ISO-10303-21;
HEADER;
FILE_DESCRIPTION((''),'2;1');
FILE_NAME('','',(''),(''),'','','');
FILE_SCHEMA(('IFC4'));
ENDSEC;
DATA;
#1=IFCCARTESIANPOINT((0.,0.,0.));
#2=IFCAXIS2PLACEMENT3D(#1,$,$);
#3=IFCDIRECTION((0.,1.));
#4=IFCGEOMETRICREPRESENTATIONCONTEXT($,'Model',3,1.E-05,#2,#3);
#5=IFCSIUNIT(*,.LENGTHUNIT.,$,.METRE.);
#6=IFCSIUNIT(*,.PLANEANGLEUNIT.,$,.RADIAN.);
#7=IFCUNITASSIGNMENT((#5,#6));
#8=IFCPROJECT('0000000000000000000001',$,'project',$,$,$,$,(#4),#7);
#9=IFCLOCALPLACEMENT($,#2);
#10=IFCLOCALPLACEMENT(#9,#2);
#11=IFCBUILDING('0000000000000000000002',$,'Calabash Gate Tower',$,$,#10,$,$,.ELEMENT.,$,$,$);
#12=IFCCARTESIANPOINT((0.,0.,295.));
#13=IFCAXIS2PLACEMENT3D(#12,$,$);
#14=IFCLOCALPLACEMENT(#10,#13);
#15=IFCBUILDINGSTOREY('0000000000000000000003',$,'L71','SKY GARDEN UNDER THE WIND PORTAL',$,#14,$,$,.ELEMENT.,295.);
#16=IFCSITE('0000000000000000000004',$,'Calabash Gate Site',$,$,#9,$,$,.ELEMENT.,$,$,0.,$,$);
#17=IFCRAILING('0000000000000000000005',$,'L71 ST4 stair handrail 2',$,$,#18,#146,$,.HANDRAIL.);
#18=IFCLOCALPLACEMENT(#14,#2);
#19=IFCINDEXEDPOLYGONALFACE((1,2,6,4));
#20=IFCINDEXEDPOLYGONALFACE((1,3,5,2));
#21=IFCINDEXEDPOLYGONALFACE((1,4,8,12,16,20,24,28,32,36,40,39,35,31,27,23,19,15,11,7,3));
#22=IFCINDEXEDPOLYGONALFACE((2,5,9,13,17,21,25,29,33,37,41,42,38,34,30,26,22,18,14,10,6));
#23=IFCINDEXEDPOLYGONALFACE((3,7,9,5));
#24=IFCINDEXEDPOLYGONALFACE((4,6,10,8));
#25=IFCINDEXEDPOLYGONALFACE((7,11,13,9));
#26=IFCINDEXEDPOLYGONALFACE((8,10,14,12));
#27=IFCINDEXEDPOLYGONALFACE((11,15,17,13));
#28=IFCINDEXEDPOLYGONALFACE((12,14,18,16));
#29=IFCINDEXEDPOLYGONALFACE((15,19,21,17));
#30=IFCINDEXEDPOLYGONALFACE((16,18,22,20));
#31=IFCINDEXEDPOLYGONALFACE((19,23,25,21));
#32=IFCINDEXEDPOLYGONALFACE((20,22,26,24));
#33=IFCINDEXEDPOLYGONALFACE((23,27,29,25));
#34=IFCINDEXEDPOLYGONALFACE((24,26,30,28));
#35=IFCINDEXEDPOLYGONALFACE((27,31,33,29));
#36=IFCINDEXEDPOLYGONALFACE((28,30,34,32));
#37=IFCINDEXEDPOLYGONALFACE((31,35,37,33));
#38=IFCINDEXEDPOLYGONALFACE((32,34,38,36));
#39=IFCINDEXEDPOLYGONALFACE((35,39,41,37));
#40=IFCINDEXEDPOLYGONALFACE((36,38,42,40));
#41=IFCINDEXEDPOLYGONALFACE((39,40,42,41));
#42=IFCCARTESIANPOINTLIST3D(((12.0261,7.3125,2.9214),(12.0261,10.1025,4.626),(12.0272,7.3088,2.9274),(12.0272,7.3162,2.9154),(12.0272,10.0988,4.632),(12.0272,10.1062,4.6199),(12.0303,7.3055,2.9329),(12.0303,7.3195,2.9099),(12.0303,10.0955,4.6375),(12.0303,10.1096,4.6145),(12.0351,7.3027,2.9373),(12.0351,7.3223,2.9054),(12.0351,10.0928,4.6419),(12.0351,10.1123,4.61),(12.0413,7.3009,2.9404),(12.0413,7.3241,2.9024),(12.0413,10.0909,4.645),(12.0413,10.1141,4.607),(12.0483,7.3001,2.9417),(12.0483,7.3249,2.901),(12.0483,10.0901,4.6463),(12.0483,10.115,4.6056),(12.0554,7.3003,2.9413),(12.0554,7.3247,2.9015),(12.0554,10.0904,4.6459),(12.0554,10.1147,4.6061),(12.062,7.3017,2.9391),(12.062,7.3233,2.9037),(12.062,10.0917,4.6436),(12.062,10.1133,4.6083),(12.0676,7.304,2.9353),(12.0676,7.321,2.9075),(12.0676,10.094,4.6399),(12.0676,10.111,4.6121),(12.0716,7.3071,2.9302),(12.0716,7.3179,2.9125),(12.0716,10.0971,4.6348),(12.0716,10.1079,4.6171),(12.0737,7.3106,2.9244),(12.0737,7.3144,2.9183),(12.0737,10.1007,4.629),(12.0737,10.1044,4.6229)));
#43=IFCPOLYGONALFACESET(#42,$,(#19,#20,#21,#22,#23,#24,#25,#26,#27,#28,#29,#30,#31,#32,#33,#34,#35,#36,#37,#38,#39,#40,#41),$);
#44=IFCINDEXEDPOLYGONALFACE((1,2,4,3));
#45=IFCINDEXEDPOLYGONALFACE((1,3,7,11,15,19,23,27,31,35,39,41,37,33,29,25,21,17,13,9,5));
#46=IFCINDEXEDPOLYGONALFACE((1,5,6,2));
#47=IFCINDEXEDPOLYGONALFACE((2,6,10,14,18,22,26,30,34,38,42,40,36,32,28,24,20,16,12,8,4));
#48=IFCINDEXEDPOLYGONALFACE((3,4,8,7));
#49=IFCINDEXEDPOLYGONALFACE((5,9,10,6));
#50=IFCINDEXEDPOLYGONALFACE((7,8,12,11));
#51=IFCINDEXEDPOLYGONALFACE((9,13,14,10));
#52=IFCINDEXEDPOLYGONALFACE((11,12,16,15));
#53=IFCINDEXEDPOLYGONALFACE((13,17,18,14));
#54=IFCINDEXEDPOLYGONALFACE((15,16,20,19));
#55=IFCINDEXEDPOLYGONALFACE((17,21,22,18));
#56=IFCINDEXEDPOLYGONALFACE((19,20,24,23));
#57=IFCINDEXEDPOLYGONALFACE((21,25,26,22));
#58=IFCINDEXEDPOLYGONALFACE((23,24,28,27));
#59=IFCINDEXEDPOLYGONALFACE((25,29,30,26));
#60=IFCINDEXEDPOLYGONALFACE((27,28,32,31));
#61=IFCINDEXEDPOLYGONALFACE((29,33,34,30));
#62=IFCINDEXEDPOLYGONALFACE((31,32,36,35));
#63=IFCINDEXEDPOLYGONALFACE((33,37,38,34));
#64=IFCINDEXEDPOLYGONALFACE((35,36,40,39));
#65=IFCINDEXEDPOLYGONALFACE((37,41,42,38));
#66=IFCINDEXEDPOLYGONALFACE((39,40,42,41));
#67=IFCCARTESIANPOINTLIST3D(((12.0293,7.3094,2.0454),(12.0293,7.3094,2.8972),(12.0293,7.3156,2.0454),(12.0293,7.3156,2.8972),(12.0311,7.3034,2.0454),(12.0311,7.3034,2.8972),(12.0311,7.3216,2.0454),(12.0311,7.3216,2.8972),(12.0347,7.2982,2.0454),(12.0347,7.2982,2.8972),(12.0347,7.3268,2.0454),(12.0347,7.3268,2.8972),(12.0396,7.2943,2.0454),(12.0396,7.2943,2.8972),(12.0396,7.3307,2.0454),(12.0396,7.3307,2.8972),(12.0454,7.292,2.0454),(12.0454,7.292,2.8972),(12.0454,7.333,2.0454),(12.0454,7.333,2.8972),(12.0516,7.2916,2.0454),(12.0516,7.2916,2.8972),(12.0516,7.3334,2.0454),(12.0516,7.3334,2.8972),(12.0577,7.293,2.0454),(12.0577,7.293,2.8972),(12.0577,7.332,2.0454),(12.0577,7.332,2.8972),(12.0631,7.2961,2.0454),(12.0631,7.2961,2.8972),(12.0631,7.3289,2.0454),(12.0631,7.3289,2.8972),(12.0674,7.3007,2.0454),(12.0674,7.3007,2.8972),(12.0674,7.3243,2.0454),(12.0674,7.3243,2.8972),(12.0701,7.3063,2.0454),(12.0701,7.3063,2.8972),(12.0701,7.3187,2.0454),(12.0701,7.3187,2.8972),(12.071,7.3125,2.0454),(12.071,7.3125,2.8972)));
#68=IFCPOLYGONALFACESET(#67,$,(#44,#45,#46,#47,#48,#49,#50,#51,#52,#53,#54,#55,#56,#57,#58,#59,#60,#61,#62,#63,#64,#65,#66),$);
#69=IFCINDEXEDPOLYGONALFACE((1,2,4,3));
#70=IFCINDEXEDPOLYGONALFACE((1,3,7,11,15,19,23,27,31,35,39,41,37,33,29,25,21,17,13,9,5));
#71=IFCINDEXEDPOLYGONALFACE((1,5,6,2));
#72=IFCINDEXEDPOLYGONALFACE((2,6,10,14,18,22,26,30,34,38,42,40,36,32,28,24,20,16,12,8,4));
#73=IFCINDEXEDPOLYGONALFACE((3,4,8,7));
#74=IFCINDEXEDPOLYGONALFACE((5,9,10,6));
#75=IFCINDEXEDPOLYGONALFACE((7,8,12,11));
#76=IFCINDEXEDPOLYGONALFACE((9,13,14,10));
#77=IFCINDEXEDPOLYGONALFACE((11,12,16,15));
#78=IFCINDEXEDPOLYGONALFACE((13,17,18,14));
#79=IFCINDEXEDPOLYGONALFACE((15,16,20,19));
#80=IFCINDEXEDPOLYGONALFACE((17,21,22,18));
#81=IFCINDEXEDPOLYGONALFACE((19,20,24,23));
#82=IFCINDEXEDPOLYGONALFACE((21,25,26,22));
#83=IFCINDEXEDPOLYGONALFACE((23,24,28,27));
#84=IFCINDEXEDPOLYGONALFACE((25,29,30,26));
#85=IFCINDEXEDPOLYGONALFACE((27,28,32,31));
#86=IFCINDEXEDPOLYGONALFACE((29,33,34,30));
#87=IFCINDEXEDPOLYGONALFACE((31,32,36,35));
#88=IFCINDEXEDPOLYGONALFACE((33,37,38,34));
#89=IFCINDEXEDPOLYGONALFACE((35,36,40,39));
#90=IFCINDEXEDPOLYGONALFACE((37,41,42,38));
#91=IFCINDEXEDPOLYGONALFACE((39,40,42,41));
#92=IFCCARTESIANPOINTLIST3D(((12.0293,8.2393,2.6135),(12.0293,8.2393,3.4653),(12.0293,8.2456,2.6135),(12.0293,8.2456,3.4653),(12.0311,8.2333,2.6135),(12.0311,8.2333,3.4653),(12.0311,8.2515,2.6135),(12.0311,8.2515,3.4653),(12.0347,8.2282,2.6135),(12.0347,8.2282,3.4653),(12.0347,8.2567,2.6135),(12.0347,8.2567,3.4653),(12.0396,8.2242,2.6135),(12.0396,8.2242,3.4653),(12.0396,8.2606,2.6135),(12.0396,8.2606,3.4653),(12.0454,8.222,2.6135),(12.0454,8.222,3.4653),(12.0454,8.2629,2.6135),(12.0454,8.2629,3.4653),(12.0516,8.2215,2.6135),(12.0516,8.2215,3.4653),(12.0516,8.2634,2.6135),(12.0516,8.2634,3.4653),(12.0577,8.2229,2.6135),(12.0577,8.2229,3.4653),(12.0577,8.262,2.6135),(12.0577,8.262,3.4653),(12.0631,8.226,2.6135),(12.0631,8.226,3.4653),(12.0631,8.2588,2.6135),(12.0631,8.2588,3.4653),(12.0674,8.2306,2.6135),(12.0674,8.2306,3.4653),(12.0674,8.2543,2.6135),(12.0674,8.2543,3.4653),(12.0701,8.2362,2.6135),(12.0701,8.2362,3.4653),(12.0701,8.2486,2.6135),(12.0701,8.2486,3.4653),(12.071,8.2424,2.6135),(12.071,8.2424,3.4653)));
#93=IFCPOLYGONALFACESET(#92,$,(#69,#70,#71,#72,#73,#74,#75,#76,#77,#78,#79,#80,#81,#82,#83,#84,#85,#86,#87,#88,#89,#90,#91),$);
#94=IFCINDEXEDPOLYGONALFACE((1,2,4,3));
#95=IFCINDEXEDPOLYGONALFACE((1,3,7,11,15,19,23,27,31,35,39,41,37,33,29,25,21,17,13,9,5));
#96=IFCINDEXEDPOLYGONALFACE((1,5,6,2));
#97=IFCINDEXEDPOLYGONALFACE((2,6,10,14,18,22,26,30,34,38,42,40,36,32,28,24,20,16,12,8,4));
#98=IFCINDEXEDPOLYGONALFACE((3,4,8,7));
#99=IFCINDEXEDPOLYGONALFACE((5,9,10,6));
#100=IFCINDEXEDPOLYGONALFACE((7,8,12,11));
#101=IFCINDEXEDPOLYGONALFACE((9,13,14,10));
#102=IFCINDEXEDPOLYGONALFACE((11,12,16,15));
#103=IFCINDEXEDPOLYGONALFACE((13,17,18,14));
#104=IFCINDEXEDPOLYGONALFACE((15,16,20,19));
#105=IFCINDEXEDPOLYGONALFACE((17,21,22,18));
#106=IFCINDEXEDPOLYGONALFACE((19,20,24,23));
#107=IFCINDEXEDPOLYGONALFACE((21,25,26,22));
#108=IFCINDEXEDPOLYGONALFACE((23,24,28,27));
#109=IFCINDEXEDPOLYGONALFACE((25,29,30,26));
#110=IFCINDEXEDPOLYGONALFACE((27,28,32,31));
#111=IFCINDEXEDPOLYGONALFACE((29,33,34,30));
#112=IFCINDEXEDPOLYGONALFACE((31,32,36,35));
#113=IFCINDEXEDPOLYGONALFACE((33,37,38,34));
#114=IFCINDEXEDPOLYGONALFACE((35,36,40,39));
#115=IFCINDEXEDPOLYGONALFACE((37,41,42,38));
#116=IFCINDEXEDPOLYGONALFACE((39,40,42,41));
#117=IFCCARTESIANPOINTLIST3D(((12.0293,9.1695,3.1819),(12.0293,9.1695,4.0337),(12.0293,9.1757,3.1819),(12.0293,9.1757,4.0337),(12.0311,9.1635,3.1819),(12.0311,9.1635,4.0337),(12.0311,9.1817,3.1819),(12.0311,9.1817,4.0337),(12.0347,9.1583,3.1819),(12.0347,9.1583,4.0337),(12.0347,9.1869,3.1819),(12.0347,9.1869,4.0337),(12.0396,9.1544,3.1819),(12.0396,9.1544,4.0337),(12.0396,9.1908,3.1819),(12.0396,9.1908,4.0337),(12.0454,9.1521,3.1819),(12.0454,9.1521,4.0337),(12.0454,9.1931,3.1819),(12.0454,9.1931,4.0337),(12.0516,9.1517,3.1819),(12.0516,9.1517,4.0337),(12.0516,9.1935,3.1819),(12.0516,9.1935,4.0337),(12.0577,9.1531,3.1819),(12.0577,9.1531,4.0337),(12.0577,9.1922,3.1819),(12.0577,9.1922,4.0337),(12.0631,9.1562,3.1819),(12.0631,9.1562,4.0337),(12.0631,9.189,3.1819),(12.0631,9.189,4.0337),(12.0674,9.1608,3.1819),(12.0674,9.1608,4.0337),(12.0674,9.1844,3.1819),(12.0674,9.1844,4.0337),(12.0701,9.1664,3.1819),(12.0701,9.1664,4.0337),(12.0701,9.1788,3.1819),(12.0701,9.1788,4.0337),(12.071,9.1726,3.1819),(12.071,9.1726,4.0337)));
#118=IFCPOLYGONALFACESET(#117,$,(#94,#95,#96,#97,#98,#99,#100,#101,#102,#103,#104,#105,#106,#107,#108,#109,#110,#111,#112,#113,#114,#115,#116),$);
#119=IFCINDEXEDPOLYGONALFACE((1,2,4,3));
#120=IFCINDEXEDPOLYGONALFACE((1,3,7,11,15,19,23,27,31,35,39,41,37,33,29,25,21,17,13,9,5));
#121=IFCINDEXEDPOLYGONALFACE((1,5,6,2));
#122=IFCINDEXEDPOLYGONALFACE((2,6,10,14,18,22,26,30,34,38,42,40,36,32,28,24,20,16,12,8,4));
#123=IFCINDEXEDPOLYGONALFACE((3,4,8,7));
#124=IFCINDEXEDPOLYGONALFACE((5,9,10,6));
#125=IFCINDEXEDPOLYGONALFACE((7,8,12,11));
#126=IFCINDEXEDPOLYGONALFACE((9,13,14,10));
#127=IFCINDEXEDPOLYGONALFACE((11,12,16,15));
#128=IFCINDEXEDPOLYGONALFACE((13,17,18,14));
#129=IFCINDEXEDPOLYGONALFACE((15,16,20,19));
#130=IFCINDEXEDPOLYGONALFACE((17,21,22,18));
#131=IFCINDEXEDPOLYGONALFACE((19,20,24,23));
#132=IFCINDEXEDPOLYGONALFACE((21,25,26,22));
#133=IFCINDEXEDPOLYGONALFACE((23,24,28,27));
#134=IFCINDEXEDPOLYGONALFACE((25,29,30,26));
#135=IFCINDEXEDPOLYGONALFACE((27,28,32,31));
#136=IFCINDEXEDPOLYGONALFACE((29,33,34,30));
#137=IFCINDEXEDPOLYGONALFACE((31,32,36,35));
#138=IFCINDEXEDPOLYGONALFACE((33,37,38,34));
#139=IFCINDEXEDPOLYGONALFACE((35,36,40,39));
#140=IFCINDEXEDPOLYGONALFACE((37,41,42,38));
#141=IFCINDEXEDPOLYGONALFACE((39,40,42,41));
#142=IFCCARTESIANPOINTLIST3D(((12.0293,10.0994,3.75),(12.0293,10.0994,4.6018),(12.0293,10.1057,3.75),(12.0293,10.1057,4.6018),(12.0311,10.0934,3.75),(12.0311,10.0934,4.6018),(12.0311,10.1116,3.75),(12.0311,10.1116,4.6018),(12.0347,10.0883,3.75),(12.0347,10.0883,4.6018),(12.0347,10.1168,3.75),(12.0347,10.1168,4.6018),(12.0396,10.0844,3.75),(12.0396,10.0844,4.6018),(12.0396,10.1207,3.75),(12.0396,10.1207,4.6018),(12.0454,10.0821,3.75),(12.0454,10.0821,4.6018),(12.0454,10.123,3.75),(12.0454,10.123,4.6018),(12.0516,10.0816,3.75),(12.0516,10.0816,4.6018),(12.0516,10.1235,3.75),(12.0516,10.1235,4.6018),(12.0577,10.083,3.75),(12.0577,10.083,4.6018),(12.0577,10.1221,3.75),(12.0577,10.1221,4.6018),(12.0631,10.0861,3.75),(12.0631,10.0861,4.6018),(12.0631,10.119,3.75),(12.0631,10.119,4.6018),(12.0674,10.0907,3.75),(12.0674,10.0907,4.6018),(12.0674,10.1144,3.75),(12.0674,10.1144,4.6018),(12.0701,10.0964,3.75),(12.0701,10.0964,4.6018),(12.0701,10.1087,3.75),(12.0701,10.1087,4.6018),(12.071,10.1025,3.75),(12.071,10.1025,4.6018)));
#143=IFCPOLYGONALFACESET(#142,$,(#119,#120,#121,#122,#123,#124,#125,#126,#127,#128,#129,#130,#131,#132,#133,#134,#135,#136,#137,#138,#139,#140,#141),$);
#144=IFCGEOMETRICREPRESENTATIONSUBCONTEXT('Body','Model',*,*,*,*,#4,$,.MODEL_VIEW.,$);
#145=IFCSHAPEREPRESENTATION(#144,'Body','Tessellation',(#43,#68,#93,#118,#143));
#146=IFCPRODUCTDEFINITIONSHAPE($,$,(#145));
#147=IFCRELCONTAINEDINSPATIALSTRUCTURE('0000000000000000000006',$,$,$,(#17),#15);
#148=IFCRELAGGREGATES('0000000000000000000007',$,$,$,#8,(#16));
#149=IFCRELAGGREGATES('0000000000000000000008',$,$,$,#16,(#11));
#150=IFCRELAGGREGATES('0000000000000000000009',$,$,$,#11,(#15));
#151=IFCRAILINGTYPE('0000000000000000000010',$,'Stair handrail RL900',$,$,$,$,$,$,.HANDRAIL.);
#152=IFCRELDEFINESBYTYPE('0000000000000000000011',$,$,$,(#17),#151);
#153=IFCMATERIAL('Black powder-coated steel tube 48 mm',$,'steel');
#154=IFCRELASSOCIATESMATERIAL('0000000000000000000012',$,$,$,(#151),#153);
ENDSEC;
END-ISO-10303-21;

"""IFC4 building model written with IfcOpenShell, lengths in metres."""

from ifc_helpers import new_model, si_unit, direction, frame, origin, origin_2d, place, context, subcontext, project, spatial, circle, extrude, material, type_object, element, save


model = new_model("IFC4")

# Units and contexts
model_context = context("Model", 3, precision=1e-05, world=origin(), true_north=direction((0.0, 1.0)))
body_context = subcontext(model_context, "Body", "Model", "MODEL_VIEW")
ifc_project = project(units=[si_unit("LENGTHUNIT", "METRE"), si_unit("PLANEANGLEUNIT", "RADIAN")], contexts=[model_context])

# Site, building, storey
site_placement = place(None, origin())
site = spatial("IfcSite", under=ifc_project, at=site_placement, Name="Calabash Gate Site", CompositionType="ELEMENT", RefElevation=0.0)
building_placement = place(site_placement, origin())
building = spatial("IfcBuilding", under=site, at=building_placement, Name="Calabash Gate Tower", CompositionType="ELEMENT")
storey_placement = place(building_placement, frame((0.0, 0.0, 295.0)))
storey = spatial("IfcBuildingStorey", under=building, at=storey_placement, Name="L71", Description="SKY GARDEN UNDER THE WIND PORTAL", CompositionType="ELEMENT", Elevation=295.0)

# Railing
ifc_material_1 = material(Name="Black powder-coated steel tube 48 mm", Category="steel")
railing_type_1 = type_object("IfcRailingType", Name="Stair handrail RL900", PredefinedType="HANDRAIL", material=ifc_material_1)
railing_1_placement = place(storey_placement, frame((12.05, 7.3125, 2.0454)))
element("IfcRailing", 1, at=railing_1_placement, inside=storey, type_object=railing_type_1, Name="L71 ST4 stair handrail 2", PredefinedType="HANDRAIL", context=body_context, shape_type="SweptSolid", body=[
    extrude(circle(Radius=0.0239, at=origin_2d()), frame((0.0, 0.0, 0.876), z_axis=(0.0, 0.853341, 0.521353), x_axis=(-1.0, 0.0, 0.0)), (0.0, 0.0, 1.0), 3.2695),
    extrude(circle(Radius=0.021, at=origin_2d()), origin(), (0.0, 0.0, 1.0), 0.8518),
    extrude(circle(Radius=0.021, at=origin_2d()), frame((0.0, 0.9299, 0.5681)), (0.0, 0.0, 1.0), 0.8518),
    extrude(circle(Radius=0.021, at=origin_2d()), frame((0.0, 1.8601, 1.1365)), (0.0, 0.0, 1.0), 0.8518),
    extrude(circle(Radius=0.021, at=origin_2d()), frame((0.0, 2.79, 1.7046)), (0.0, 0.0, 1.0), 0.8518),
])

save(model, "model.ifc")
